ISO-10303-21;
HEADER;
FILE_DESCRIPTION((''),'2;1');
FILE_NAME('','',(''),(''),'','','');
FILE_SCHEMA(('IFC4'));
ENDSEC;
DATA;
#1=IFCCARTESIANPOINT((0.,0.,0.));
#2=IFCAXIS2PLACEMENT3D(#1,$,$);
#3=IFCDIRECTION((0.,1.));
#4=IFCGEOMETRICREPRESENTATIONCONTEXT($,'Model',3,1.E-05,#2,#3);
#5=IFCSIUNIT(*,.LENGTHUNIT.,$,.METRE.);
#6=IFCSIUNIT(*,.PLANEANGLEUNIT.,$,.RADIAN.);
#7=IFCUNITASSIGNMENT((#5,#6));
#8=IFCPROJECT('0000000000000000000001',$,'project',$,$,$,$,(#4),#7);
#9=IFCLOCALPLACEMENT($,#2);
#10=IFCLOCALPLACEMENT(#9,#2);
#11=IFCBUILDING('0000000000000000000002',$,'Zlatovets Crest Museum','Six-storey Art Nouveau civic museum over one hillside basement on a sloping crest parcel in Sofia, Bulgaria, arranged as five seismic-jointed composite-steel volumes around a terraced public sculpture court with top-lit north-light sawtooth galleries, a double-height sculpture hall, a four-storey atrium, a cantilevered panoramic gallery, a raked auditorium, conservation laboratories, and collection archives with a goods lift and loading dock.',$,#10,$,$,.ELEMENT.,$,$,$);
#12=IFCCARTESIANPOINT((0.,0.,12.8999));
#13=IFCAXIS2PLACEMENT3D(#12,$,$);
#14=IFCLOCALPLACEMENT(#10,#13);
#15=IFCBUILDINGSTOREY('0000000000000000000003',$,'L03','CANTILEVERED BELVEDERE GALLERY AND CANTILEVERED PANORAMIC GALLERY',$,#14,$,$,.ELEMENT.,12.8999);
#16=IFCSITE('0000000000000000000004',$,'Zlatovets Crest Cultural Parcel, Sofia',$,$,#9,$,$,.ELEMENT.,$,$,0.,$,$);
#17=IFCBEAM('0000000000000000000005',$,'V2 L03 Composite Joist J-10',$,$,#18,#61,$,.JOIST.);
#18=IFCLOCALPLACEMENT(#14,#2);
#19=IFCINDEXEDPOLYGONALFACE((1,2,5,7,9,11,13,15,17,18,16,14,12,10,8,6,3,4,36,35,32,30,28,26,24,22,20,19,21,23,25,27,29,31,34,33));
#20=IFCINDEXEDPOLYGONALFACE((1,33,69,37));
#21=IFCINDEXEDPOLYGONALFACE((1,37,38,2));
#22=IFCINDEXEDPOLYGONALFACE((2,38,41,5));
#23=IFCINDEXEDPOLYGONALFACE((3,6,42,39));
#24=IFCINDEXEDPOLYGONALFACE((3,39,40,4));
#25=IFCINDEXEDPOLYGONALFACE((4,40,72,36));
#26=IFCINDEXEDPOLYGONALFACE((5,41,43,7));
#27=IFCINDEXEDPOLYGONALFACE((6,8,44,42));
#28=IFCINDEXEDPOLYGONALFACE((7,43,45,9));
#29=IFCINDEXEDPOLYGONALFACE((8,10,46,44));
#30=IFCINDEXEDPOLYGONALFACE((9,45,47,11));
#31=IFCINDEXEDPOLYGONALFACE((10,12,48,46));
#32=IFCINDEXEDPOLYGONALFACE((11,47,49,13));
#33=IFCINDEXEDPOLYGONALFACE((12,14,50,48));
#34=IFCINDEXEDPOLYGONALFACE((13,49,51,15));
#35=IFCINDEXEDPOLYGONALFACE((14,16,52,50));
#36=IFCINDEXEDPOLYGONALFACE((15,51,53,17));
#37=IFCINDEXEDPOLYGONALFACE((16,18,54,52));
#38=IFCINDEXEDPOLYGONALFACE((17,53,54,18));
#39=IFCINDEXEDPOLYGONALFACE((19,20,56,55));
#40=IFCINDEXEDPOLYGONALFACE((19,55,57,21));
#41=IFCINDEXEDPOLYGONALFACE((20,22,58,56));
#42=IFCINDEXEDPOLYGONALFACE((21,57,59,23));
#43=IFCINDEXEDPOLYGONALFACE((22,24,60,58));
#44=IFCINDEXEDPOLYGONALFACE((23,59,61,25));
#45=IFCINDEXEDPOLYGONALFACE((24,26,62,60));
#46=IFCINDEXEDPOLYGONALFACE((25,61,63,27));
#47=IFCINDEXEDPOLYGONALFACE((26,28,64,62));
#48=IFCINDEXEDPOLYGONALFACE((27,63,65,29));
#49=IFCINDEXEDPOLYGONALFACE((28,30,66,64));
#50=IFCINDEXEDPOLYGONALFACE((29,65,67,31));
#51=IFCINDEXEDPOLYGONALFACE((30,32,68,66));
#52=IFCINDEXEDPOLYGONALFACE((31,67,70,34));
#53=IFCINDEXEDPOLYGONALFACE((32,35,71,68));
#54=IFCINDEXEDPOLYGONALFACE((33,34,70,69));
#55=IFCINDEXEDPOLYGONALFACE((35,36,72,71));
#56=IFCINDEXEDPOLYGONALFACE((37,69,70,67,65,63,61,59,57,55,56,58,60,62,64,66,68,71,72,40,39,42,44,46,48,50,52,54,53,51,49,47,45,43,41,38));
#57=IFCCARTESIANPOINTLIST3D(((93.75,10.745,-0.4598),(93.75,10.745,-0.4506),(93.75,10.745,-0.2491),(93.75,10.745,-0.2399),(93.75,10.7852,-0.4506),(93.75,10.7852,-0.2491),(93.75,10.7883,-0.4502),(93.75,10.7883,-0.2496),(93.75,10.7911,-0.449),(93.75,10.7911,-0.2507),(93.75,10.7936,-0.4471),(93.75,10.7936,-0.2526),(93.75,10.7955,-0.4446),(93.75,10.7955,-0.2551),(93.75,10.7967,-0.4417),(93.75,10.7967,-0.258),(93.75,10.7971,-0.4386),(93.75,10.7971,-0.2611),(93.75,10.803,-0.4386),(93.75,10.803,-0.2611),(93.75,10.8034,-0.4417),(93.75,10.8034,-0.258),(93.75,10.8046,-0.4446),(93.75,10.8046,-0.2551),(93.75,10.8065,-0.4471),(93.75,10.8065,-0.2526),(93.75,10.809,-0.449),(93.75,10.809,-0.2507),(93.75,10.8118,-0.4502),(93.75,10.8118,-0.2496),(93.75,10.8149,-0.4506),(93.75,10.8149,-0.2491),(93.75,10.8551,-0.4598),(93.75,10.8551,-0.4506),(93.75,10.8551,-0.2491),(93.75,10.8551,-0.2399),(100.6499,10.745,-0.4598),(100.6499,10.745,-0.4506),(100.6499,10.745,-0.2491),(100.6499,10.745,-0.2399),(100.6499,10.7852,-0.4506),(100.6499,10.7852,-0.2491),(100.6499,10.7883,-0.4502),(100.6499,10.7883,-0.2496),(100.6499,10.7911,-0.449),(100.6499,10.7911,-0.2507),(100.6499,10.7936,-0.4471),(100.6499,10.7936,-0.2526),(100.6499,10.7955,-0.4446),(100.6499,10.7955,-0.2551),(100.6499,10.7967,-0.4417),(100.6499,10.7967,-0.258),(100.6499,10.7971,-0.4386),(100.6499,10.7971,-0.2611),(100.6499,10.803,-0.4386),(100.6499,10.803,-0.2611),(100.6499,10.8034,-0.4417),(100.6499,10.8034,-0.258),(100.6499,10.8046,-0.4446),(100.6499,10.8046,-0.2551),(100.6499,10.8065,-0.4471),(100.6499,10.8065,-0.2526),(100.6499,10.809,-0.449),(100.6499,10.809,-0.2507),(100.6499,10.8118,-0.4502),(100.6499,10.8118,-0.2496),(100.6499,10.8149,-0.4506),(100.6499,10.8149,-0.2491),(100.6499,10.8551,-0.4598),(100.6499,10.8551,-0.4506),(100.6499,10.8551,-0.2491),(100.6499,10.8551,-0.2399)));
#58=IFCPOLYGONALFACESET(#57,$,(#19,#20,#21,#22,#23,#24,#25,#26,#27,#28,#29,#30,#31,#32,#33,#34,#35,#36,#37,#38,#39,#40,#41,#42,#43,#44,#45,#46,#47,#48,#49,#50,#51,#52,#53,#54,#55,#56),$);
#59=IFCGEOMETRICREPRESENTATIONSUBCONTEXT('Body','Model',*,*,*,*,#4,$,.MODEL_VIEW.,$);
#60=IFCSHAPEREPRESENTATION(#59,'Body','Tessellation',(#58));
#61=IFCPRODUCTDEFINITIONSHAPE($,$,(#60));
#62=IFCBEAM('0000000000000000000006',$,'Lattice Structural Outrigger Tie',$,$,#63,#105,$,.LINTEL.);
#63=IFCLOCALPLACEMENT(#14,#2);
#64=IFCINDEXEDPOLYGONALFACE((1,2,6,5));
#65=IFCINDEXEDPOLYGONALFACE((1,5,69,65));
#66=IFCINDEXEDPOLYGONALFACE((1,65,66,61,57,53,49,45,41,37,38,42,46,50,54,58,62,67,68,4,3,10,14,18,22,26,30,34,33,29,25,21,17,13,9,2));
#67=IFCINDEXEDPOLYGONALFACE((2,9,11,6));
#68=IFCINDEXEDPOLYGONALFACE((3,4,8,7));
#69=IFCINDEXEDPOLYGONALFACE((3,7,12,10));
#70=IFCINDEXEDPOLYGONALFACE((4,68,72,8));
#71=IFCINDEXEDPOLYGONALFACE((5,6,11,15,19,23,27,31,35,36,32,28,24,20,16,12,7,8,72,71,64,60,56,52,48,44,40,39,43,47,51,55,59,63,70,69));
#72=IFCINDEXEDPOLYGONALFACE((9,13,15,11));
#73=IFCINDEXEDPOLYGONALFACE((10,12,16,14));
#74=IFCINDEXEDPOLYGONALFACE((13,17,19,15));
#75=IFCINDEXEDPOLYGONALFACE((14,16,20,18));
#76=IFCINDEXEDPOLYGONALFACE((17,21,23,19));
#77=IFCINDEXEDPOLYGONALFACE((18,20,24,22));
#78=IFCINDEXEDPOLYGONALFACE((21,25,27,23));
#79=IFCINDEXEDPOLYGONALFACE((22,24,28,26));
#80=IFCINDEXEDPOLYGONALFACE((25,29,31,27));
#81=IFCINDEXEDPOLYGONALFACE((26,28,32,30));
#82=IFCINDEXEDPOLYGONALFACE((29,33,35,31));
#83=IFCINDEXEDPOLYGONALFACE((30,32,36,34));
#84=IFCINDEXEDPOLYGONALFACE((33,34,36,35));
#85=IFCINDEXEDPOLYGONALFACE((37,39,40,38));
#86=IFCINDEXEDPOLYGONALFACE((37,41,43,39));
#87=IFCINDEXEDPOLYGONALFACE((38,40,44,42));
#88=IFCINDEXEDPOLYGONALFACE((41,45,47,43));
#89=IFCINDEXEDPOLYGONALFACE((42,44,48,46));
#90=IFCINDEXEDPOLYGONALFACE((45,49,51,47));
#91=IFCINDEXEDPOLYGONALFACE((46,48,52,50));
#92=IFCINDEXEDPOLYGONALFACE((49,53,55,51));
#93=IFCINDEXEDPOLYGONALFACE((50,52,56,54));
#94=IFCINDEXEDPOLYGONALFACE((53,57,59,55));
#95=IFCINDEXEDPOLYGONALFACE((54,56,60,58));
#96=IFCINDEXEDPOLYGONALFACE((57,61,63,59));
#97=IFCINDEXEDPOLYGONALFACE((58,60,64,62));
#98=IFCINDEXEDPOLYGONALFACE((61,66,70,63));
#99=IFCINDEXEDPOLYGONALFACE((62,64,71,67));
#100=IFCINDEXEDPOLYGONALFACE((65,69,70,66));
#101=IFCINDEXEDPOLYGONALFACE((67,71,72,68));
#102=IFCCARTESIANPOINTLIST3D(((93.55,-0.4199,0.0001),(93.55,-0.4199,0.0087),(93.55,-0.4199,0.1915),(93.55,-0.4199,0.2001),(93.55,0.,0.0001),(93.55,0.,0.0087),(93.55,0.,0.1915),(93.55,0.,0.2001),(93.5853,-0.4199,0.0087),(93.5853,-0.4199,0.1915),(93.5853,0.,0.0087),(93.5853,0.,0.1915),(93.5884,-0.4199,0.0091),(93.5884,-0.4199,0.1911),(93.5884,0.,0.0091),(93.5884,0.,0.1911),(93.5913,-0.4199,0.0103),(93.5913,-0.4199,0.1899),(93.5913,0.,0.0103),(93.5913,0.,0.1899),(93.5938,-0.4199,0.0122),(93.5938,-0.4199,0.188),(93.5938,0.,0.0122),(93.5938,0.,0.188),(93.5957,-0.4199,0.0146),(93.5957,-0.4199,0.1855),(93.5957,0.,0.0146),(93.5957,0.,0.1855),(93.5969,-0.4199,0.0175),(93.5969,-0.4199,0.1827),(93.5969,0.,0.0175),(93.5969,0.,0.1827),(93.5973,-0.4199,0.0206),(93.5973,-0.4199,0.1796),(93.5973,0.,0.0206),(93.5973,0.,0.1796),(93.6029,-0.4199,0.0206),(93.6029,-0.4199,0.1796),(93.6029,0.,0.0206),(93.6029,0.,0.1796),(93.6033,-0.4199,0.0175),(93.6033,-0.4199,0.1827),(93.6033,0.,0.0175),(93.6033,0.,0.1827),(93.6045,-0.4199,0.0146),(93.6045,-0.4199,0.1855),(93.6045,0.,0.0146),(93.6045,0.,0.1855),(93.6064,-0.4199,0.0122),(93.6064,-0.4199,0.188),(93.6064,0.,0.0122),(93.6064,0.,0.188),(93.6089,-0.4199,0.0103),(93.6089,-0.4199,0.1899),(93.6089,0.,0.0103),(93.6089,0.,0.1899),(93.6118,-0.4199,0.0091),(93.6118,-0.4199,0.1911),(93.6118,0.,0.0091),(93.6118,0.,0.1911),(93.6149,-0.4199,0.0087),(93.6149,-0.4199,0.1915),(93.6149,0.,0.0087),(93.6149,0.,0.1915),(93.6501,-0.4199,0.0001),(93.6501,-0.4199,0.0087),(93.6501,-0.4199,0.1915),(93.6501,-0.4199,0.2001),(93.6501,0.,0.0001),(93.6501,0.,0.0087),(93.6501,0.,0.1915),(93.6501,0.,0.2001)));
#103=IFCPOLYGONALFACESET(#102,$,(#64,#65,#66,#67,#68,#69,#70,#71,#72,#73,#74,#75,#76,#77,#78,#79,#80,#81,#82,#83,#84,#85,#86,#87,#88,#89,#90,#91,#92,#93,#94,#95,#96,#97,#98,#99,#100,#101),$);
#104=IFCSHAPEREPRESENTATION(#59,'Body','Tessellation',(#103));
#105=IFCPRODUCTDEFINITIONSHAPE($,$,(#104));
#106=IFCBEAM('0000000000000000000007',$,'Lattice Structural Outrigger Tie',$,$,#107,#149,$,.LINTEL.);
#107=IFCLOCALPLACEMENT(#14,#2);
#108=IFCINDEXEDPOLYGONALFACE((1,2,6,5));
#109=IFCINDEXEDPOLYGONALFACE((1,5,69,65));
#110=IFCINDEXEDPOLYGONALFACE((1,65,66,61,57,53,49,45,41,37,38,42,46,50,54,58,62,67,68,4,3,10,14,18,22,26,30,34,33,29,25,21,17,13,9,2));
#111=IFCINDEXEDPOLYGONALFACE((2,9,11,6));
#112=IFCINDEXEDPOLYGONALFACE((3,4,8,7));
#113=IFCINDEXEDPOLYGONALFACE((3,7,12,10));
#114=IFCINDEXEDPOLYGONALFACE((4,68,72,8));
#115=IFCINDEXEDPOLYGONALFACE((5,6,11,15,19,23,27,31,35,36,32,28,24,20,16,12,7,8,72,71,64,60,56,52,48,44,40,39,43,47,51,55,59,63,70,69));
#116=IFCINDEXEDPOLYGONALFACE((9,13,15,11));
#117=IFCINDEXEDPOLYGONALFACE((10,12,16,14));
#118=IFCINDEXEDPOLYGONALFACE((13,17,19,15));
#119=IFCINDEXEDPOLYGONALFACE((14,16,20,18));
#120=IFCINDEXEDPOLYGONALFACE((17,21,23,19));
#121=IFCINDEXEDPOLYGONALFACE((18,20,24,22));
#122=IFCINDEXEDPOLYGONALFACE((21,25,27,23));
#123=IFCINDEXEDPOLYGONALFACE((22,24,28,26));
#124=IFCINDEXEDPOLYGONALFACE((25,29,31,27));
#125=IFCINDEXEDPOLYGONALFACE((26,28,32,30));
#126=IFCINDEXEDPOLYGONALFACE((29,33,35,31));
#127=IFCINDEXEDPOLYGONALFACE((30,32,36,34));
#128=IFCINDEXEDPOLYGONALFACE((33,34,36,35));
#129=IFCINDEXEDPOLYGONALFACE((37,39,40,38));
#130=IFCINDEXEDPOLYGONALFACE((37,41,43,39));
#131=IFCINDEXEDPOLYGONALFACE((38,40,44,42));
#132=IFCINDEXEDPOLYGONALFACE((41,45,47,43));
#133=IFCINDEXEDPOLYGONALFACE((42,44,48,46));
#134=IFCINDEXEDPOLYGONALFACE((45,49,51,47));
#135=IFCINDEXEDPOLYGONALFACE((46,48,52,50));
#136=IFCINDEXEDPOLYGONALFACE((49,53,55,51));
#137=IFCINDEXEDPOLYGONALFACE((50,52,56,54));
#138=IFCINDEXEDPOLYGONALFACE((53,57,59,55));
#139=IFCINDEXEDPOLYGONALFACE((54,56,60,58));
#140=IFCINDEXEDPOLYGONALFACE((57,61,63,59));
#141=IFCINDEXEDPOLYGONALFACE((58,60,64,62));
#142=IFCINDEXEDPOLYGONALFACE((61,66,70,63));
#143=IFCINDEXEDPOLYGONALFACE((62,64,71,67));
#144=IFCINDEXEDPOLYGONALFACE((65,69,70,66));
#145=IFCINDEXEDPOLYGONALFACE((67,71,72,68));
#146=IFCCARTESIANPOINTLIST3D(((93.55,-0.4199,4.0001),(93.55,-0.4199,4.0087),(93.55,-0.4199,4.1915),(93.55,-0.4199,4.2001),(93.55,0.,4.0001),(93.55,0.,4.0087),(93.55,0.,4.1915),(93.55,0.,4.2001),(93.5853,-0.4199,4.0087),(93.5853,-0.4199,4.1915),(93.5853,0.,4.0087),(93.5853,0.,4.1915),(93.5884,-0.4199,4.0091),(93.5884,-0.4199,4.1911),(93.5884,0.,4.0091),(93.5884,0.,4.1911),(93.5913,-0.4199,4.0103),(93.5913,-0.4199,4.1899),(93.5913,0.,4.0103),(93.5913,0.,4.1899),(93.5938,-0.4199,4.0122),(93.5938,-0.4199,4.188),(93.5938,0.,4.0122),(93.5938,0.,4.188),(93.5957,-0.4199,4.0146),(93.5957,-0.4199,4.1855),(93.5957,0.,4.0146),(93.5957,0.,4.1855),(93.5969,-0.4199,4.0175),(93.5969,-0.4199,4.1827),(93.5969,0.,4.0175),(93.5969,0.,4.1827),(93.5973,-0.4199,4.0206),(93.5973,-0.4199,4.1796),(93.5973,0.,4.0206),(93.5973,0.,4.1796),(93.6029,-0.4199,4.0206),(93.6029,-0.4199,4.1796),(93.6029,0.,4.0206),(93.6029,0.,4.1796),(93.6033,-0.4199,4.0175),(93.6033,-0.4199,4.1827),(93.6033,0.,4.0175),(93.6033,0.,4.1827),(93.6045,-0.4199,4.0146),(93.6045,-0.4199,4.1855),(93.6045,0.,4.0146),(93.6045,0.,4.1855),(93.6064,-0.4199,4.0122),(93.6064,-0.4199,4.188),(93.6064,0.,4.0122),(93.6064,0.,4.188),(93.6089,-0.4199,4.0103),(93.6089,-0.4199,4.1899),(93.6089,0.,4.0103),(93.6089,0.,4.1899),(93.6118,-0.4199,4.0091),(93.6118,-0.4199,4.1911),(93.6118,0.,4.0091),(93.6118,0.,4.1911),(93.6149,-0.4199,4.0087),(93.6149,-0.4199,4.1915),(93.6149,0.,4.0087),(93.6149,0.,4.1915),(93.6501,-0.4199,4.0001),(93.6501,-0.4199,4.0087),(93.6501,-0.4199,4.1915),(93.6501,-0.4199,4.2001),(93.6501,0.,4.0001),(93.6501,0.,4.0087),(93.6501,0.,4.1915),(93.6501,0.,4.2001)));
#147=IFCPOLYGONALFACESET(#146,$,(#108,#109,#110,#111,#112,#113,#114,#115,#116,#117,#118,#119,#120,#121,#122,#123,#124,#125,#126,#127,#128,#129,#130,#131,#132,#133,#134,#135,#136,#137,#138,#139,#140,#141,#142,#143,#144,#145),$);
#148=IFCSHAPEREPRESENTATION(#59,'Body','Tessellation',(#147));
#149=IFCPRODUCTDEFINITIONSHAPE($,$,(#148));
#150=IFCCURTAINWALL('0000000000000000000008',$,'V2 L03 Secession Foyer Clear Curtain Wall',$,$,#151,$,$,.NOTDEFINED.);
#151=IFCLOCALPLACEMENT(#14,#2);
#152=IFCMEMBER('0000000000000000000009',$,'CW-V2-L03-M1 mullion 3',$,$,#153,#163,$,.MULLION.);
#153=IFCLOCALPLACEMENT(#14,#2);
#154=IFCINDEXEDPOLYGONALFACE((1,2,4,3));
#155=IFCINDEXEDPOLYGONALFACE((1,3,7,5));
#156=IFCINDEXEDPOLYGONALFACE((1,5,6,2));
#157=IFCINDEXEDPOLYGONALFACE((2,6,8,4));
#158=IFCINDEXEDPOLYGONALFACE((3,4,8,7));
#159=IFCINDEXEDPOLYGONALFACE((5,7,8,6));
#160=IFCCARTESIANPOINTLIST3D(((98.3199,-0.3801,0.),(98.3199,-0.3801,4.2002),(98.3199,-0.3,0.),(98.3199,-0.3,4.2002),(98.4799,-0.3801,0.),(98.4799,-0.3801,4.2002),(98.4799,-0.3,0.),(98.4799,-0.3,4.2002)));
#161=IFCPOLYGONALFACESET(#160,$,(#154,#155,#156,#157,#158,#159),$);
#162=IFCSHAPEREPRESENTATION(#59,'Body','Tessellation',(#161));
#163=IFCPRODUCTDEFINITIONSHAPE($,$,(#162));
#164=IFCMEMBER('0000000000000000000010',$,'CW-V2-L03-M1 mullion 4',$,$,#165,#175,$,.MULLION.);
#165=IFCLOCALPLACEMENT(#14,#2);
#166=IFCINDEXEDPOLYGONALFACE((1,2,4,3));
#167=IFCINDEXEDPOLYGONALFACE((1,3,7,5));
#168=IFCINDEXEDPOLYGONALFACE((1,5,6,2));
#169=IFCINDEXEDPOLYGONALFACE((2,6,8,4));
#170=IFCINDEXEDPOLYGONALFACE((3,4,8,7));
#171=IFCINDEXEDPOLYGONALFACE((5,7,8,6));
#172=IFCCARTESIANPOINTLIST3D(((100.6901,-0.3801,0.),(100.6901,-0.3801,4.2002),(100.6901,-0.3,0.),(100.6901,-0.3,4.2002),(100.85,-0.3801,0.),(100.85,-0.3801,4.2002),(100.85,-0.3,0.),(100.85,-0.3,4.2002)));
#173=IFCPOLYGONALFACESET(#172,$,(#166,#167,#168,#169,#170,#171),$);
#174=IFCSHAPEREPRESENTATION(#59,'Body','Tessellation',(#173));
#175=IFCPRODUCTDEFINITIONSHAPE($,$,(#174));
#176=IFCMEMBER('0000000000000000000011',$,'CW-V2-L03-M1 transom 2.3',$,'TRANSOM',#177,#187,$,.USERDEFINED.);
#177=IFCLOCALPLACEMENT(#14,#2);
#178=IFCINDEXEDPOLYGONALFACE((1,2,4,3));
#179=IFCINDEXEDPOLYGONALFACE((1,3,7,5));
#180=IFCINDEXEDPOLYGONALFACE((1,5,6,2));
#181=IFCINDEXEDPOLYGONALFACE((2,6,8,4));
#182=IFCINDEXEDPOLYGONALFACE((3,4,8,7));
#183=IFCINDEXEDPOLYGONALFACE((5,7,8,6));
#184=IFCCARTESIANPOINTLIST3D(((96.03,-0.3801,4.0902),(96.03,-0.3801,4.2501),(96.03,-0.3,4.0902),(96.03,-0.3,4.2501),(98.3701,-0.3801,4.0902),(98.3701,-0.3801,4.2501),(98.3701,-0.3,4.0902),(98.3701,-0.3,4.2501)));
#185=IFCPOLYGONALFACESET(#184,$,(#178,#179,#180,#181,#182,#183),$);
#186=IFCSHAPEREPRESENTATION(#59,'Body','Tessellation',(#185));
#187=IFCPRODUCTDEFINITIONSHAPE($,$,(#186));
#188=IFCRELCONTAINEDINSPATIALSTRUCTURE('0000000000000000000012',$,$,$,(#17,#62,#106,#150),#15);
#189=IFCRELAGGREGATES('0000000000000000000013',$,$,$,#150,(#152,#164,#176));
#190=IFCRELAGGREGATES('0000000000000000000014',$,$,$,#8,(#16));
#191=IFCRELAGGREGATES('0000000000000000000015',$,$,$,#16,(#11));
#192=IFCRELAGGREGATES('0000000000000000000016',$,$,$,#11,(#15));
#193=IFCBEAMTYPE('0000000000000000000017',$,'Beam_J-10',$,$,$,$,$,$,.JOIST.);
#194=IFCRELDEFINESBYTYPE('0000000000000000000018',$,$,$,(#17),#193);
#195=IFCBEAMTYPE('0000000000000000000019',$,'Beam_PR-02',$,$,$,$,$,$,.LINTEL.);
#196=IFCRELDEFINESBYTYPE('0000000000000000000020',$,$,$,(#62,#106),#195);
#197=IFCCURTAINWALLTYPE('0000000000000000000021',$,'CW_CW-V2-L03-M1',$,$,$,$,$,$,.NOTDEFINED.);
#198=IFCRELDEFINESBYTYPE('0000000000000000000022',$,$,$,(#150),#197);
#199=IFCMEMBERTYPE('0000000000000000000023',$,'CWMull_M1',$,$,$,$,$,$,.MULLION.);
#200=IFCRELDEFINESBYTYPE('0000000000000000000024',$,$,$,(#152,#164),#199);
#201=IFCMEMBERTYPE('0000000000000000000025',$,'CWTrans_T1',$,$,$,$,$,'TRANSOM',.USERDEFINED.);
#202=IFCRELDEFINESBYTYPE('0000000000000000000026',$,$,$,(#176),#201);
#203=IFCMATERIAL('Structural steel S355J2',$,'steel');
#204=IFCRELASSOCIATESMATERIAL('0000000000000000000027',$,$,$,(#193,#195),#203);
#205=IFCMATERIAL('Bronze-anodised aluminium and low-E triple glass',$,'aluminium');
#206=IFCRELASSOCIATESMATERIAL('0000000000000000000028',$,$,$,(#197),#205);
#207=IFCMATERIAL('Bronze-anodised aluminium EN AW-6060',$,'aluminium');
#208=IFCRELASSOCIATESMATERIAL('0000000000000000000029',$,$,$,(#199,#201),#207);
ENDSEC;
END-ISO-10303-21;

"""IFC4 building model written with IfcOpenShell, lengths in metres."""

from ifc_helpers import new_model, si_unit, direction, frame, origin, origin_2d, place, context, subcontext, project, spatial, rectangle, i_section, extrude, material, material_profile, profile_set, type_object, element, aggregate, save


model = new_model("IFC4")

# Units and contexts
model_context = context("Model", 3, precision=1e-05, world=origin(), true_north=direction((0.0, 1.0)))
body_context = subcontext(model_context, "Body", "Model", "MODEL_VIEW")
ifc_project = project(units=[si_unit("LENGTHUNIT", "METRE"), si_unit("PLANEANGLEUNIT", "RADIAN")], contexts=[model_context])

# Site, building, storey
site_placement = place(None, origin())
site = spatial("IfcSite", under=ifc_project, at=site_placement, Name="Zlatovets Crest Cultural Parcel, Sofia", CompositionType="ELEMENT", RefElevation=0.0)
building_placement = place(site_placement, origin())
building = spatial("IfcBuilding", under=site, at=building_placement, Name="Zlatovets Crest Museum", Description="Six-storey Art Nouveau civic museum over one hillside basement on a sloping crest parcel in Sofia, Bulgaria, arranged as five seismic-jointed composite-steel volumes around a terraced public sculpture court with top-lit north-light sawtooth galleries, a double-height sculpture hall, a four-storey atrium, a cantilevered panoramic gallery, a raked auditorium, conservation laboratories, and collection archives with a goods lift and loading dock.", CompositionType="ELEMENT")
storey_placement = place(building_placement, frame((0.0, 0.0, 12.8999)))
storey = spatial("IfcBuildingStorey", under=building, at=storey_placement, Name="L03", Description="CANTILEVERED BELVEDERE GALLERY AND CANTILEVERED PANORAMIC GALLERY", CompositionType="ELEMENT", Elevation=12.8999)

# Shared definitions
ifc_material_1 = material(Name="Structural steel S355J2", Category="steel")

# Beams
ifc_material_profile_1 = material_profile(ifc_material_1, i_section(OverallWidth=0.1101, OverallDepth=0.22, WebThickness=0.0059, FlangeThickness=0.0093, FilletRadius=0.012, at=origin_2d()), Name="IPE 220")
ifc_profile_set_1 = profile_set([ifc_material_profile_1], Name="Structural steel S355J2")
beam_type_1 = type_object("IfcBeamType", Name="Beam_J-10", PredefinedType="JOIST", material=ifc_profile_set_1)
for number, where, z_axis, x_axis, name in (
    (1, (93.75, 10.8, -0.3499), (1.0, 0.0, 0.0), (0.0, 1.0, 0.0), "V2 L03 Composite Joist J-10"),
):
    element("IfcBeam", number, at=place(storey_placement, frame(where, z_axis=z_axis, x_axis=x_axis)), inside=storey, type_object=beam_type_1, Name=name, PredefinedType="JOIST", context=body_context, shape_type="SweptSolid", body=[
        extrude(i_section(OverallWidth=0.1101, OverallDepth=0.22, WebThickness=0.0059, FlangeThickness=0.0093, FilletRadius=0.012, at=origin_2d()), origin(), (0.0, 0.0, 1.0), 6.8999),
    ])
ifc_material_profile_2 = material_profile(ifc_material_1, i_section(OverallWidth=0.1001, OverallDepth=0.2, WebThickness=0.0056, FlangeThickness=0.0085, FilletRadius=0.012, at=origin_2d()), Name="IPE 200")
ifc_profile_set_2 = profile_set([ifc_material_profile_2], Name="Structural steel S355J2")
beam_type_2 = type_object("IfcBeamType", Name="Beam_PR-02", PredefinedType="LINTEL", material=ifc_profile_set_2)
for number, where, z_axis, x_axis, name in (
    (2, (93.6001, 0.0, 0.1001), (0.0, -1.0, 0.0), (1.0, 0.0, 0.0), "Lattice Structural Outrigger Tie"),
    (3, (93.6001, 0.0, 4.1001), (0.0, -1.0, 0.0), (1.0, 0.0, 0.0), "Lattice Structural Outrigger Tie"),
):
    element("IfcBeam", number, at=place(storey_placement, frame(where, z_axis=z_axis, x_axis=x_axis)), inside=storey, type_object=beam_type_2, Name=name, PredefinedType="LINTEL", context=body_context, shape_type="SweptSolid", body=[
        extrude(i_section(OverallWidth=0.1001, OverallDepth=0.2, WebThickness=0.0056, FlangeThickness=0.0085, FilletRadius=0.012, at=origin_2d()), origin(), (0.0, 0.0, 1.0), 0.4199),
    ])

# Curtain wall, members
ifc_material_2 = material(Name="Bronze-anodised aluminium and low-E triple glass", Category="aluminium")
curtain_wall_type = type_object("IfcCurtainWallType", Name="CW_CW-V2-L03-M1", PredefinedType="NOTDEFINED", material=ifc_material_2)
curtain_wall_placement = place(storey_placement, origin())
curtain_wall = element("IfcCurtainWall", 4, at=curtain_wall_placement, inside=storey, type_object=curtain_wall_type, Name="V2 L03 Secession Foyer Clear Curtain Wall", PredefinedType="NOTDEFINED")
ifc_material_3 = material(Name="Bronze-anodised aluminium EN AW-6060", Category="aluminium")
ifc_material_profile_3 = material_profile(ifc_material_3, rectangle(XDim=0.0801, YDim=0.1599, at=origin_2d()), Name="ALU 80x160")
ifc_profile_set_3 = profile_set([ifc_material_profile_3], Name="Bronze-anodised aluminium EN AW-6060")
member_type_1 = type_object("IfcMemberType", Name="CWMull_M1", PredefinedType="MULLION", material=ifc_profile_set_3)
member_1_placement = place(storey_placement, frame((98.3999, -0.3401, 0.0), z_axis=(0.0, 0.0, 1.0), x_axis=(0.0, 1.0, 0.0)))
member_1 = element("IfcMember", 5, at=member_1_placement, type_object=member_type_1, Name="CW-V2-L03-M1 mullion 3", PredefinedType="MULLION", context=body_context, shape_type="SweptSolid", body=[
    extrude(rectangle(XDim=0.0801, YDim=0.1599, at=origin_2d()), origin(), (0.0, 0.0, 1.0), 4.2002),
])
member_2_placement = place(storey_placement, frame((100.77, -0.3401, 0.0), z_axis=(0.0, 0.0, 1.0), x_axis=(0.0, 1.0, 0.0)))
member_2 = element("IfcMember", 6, at=member_2_placement, type_object=member_type_1, Name="CW-V2-L03-M1 mullion 4", PredefinedType="MULLION", context=body_context, shape_type="SweptSolid", body=[
    extrude(rectangle(XDim=0.0801, YDim=0.1599, at=origin_2d()), origin(), (0.0, 0.0, 1.0), 4.2002),
])
ifc_material_profile_4 = material_profile(ifc_material_3, rectangle(XDim=0.0801, YDim=0.1599, at=origin_2d()), Name="ALU 80x160")
ifc_profile_set_4 = profile_set([ifc_material_profile_4], Name="Bronze-anodised aluminium EN AW-6060")
member_type_2 = type_object("IfcMemberType", Name="CWTrans_T1", ElementType="TRANSOM", PredefinedType="USERDEFINED", material=ifc_profile_set_4)
member_3_placement = place(storey_placement, frame((96.03, -0.3401, 4.1702), z_axis=(1.0, 0.0, 0.0), x_axis=(0.0, 1.0, 0.0)))
member_3 = element("IfcMember", 7, at=member_3_placement, type_object=member_type_2, Name="CW-V2-L03-M1 transom 2.3", ObjectType="TRANSOM", PredefinedType="USERDEFINED", context=body_context, shape_type="SweptSolid", body=[
    extrude(rectangle(XDim=0.0801, YDim=0.1599, at=origin_2d()), origin(), (0.0, 0.0, 1.0), 2.3401),
])
aggregate(curtain_wall, [member_1, member_2, member_3])

save(model, "model.ifc")
